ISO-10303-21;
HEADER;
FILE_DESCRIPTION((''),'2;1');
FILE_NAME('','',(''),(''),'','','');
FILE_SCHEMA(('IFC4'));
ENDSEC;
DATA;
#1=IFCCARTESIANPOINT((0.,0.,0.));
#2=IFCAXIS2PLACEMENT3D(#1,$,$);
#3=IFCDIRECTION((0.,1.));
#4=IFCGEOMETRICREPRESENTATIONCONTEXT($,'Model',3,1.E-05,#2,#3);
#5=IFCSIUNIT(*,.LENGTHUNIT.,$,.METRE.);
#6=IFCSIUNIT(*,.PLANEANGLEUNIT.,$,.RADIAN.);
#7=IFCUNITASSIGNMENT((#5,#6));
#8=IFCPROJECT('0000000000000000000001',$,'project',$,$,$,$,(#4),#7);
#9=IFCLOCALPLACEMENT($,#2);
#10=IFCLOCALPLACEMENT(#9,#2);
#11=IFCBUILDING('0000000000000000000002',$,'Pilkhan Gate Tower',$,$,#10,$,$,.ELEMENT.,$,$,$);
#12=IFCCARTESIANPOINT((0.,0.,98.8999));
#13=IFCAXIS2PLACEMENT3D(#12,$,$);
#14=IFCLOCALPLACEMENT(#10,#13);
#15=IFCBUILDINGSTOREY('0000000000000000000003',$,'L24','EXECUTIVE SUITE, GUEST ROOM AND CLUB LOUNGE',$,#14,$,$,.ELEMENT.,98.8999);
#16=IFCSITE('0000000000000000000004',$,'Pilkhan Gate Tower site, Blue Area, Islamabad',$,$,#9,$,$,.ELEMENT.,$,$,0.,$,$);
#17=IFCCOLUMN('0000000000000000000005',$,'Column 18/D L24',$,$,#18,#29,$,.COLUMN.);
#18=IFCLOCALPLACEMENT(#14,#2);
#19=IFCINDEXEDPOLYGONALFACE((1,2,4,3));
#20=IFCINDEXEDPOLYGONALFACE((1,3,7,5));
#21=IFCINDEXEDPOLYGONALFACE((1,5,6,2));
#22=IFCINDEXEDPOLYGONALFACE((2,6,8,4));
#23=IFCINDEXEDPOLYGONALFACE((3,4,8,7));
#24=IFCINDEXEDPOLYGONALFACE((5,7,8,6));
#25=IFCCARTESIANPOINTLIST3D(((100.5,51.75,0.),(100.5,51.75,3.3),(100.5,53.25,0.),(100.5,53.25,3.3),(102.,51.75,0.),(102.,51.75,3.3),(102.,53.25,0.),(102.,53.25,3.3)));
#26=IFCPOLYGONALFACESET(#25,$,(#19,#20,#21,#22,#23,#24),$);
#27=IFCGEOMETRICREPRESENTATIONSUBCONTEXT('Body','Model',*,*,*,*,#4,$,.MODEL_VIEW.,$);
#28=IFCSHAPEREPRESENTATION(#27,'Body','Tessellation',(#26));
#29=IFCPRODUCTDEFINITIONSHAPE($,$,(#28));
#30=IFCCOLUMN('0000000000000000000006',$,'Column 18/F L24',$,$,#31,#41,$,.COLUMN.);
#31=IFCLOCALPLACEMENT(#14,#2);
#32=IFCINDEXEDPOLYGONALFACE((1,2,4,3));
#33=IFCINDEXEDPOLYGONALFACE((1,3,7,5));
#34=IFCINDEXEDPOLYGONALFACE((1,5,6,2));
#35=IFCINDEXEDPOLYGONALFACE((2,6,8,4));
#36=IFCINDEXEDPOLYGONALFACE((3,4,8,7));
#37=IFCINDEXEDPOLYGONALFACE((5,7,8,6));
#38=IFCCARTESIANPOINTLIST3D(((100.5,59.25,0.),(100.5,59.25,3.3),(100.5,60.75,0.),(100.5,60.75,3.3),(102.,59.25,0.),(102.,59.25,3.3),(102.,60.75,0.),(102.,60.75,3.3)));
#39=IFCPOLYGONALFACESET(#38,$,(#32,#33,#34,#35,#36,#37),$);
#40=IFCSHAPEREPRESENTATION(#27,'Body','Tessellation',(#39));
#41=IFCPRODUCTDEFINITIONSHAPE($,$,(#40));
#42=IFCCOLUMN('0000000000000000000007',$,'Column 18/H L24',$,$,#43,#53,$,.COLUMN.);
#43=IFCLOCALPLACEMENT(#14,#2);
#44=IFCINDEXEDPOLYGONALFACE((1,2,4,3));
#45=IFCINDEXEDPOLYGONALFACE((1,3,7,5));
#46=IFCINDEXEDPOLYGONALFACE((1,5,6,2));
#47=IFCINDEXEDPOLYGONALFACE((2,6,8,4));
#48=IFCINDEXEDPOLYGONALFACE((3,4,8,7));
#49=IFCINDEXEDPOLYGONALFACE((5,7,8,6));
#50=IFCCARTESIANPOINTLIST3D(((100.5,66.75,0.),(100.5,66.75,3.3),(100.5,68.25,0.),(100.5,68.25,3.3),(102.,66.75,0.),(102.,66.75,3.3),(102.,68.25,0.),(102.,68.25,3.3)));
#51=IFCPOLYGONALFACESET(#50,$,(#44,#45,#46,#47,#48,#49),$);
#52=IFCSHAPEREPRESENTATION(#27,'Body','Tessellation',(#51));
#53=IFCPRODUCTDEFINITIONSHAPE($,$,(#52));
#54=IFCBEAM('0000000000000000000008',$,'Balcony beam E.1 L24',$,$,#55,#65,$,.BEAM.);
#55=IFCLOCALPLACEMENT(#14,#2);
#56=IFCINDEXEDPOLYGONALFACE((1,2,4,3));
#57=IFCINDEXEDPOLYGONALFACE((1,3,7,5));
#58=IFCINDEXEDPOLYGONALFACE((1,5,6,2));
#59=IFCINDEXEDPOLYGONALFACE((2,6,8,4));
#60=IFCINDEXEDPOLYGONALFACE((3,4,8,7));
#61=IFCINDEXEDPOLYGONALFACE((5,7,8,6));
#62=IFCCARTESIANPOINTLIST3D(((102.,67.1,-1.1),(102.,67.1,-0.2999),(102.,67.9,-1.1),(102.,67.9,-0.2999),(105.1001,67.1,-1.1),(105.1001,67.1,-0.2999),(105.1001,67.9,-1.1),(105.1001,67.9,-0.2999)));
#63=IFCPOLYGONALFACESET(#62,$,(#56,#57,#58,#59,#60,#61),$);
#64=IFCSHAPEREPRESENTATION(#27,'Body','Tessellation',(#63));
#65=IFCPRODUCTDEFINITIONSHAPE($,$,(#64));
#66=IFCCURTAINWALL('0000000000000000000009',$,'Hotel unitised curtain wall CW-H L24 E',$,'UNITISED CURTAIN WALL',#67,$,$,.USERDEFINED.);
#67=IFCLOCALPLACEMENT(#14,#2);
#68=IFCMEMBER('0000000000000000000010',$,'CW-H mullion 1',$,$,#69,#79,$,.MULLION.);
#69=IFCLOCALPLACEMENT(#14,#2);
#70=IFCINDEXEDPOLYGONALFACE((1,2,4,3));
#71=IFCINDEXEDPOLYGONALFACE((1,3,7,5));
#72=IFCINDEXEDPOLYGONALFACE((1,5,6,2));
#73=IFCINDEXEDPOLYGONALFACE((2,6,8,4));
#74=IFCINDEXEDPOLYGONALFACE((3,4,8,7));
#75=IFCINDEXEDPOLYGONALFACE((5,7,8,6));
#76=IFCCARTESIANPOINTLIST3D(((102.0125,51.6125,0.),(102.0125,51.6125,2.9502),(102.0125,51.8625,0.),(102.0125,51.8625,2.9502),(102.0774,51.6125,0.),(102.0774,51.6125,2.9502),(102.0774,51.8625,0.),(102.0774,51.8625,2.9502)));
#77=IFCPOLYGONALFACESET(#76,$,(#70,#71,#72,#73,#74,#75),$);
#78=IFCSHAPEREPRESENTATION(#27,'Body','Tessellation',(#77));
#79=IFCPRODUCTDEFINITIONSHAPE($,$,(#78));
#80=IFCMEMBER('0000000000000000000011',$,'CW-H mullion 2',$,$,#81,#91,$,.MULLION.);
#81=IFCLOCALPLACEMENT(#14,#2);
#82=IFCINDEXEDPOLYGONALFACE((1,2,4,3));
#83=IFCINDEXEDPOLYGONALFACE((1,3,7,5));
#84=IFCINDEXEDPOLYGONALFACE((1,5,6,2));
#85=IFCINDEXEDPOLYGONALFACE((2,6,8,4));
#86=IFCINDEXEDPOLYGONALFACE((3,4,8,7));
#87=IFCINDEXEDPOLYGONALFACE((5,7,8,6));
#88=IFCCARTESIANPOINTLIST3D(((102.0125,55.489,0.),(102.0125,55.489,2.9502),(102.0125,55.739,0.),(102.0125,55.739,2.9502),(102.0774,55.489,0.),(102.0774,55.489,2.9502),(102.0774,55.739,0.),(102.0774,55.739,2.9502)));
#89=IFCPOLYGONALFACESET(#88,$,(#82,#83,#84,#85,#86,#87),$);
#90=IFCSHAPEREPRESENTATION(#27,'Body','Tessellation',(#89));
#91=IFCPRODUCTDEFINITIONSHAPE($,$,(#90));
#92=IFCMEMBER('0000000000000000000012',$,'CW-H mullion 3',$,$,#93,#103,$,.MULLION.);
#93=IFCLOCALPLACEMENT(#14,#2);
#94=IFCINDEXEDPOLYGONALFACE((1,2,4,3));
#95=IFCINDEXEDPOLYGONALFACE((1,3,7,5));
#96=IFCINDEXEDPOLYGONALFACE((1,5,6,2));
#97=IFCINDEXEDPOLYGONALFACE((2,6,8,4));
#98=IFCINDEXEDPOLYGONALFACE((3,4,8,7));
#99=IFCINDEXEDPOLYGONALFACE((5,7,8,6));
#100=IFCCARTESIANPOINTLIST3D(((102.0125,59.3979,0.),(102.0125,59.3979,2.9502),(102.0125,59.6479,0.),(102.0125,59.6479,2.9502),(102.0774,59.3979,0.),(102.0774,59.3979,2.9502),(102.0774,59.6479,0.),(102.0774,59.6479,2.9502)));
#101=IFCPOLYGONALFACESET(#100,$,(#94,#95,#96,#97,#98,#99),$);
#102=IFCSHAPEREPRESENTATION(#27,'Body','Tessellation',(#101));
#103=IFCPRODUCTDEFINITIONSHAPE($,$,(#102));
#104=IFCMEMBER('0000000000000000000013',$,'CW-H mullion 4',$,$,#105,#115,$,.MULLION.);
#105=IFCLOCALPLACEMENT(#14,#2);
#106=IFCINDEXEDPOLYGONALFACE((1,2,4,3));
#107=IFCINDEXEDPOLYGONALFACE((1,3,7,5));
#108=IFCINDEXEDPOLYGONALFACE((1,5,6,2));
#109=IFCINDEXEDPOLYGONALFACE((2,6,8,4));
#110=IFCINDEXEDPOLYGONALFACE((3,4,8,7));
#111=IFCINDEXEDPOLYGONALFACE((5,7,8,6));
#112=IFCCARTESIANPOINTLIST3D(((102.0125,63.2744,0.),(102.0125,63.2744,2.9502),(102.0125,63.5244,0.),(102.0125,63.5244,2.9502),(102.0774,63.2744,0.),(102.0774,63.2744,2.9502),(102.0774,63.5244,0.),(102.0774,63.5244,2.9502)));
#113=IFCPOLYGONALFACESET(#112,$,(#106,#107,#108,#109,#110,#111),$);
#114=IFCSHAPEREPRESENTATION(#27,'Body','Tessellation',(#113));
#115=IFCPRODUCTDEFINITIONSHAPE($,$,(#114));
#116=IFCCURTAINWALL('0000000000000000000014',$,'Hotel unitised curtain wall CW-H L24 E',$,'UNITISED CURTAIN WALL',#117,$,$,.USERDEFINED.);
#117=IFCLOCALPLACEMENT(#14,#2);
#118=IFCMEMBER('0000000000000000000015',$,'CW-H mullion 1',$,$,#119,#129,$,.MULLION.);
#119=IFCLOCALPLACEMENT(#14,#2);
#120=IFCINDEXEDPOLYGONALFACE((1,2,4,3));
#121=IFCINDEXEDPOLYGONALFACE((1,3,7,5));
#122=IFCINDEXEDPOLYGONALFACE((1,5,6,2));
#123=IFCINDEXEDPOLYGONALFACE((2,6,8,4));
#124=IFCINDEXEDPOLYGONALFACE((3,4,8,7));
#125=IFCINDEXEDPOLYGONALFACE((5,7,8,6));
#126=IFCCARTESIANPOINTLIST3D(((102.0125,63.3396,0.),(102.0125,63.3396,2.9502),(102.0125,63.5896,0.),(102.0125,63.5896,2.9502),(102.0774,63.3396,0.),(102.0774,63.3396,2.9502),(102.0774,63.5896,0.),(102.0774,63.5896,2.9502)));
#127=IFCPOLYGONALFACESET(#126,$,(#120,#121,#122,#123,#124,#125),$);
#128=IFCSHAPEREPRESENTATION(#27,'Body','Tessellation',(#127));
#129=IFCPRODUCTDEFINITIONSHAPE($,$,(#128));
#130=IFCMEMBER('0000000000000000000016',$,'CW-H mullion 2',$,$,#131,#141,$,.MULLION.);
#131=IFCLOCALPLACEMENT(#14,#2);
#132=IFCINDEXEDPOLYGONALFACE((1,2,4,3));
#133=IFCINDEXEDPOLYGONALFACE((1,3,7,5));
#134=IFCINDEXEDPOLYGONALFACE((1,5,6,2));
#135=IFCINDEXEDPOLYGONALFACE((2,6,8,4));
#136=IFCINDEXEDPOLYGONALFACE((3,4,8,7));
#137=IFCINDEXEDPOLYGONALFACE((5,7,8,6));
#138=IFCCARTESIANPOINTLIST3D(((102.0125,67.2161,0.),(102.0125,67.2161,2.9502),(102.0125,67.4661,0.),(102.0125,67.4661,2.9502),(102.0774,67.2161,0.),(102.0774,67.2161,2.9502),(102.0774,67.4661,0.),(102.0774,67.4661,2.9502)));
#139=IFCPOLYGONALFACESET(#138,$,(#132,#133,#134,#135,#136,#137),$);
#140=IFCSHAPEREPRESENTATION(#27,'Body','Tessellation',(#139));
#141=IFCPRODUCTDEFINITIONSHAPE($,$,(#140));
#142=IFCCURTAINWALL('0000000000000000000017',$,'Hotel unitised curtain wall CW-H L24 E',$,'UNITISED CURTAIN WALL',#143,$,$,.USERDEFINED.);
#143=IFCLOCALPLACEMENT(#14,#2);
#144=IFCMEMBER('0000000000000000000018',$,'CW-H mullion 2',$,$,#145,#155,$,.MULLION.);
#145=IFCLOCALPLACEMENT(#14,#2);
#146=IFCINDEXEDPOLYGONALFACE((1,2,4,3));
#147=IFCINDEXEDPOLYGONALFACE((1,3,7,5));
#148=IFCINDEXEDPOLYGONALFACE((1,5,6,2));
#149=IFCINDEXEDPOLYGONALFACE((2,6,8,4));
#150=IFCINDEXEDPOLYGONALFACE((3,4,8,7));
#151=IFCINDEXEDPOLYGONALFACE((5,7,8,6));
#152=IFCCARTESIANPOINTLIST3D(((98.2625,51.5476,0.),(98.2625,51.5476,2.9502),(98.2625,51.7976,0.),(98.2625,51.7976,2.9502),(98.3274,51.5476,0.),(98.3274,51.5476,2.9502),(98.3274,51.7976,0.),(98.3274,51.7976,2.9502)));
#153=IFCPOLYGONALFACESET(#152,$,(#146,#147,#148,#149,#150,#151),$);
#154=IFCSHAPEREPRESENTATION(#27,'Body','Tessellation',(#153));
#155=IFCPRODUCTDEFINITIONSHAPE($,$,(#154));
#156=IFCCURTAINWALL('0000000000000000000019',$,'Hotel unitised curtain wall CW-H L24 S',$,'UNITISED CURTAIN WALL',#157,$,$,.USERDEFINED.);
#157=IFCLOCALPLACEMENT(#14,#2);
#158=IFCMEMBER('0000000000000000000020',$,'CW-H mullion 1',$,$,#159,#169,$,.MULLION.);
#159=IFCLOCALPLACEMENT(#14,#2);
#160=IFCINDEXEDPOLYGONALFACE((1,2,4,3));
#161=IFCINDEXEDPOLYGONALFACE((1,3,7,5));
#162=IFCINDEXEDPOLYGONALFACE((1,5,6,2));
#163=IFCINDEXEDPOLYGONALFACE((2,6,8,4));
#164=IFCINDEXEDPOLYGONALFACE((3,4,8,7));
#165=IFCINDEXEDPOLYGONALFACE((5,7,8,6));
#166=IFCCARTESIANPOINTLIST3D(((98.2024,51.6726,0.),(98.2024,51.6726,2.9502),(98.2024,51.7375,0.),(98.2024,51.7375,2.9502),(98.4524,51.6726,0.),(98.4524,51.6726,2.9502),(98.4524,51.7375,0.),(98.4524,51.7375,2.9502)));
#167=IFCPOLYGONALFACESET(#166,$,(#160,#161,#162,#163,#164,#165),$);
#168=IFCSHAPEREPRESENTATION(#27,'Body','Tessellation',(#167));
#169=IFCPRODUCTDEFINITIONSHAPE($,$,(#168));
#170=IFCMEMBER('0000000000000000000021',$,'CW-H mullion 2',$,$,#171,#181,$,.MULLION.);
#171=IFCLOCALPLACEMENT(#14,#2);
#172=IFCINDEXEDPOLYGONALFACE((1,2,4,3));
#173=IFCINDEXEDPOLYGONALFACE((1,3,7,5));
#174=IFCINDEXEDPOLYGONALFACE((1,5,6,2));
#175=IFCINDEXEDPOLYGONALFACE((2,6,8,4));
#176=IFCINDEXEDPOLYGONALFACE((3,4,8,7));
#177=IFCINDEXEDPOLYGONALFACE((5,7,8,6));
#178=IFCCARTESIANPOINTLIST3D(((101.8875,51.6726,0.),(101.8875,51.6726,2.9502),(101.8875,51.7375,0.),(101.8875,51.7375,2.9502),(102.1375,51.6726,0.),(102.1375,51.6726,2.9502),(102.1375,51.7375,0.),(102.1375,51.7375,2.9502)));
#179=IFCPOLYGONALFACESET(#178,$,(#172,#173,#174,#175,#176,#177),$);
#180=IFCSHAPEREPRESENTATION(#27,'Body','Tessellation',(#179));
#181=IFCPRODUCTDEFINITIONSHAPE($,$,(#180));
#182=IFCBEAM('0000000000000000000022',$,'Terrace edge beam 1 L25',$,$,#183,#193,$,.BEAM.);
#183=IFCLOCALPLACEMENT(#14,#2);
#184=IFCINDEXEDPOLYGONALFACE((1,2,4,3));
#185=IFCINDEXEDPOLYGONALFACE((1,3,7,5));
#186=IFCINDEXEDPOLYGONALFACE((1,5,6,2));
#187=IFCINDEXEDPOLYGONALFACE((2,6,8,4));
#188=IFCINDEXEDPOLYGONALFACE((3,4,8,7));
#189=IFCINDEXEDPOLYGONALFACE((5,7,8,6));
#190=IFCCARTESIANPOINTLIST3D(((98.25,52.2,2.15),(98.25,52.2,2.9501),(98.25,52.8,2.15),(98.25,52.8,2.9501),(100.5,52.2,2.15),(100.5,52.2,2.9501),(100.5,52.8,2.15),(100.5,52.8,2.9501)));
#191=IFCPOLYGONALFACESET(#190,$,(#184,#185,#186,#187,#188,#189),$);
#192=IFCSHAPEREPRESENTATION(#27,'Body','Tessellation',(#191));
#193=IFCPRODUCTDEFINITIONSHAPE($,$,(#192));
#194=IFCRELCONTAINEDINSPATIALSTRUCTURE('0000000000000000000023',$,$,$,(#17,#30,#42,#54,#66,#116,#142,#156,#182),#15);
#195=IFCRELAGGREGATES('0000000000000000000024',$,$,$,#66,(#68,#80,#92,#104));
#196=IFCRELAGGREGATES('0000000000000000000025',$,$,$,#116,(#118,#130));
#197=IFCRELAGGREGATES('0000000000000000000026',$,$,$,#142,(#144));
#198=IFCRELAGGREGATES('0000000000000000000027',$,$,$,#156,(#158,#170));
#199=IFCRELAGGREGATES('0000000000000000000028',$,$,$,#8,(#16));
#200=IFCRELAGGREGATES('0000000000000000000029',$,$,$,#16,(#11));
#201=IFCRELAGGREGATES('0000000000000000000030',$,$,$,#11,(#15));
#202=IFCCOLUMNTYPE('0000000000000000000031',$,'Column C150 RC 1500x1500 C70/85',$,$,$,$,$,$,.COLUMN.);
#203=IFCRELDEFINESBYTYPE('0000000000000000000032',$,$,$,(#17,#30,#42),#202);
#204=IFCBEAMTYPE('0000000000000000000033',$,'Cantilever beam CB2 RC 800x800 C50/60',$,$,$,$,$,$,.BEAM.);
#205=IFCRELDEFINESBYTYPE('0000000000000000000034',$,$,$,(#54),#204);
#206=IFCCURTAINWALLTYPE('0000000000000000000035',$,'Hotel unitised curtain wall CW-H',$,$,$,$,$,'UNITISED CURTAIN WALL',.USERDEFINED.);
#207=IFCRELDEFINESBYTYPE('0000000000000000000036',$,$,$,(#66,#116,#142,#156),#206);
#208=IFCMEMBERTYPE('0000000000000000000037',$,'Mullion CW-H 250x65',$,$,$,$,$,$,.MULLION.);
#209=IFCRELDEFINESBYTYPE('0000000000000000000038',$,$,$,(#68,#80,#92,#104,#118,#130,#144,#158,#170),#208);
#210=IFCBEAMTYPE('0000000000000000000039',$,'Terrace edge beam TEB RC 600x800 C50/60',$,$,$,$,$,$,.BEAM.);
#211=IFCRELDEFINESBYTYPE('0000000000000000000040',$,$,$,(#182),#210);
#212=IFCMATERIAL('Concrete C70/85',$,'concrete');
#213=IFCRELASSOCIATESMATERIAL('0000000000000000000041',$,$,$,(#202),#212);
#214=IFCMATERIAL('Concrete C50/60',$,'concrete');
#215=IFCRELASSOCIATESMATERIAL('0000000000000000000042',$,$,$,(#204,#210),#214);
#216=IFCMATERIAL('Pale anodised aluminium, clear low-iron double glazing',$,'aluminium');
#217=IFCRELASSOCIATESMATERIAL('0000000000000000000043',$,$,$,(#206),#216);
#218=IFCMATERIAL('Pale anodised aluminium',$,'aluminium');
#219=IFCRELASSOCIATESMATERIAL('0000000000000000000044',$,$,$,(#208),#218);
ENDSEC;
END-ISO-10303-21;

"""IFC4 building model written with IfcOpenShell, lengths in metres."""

from ifc_helpers import new_model, si_unit, direction, frame, origin, origin_2d, place, context, subcontext, project, spatial, rectangle, extrude, material, material_profile, profile_set, type_object, element, aggregate, save


model = new_model("IFC4")

# Units and contexts
model_context = context("Model", 3, precision=1e-05, world=origin(), true_north=direction((0.0, 1.0)))
body_context = subcontext(model_context, "Body", "Model", "MODEL_VIEW")
ifc_project = project(units=[si_unit("LENGTHUNIT", "METRE"), si_unit("PLANEANGLEUNIT", "RADIAN")], contexts=[model_context])

# Site, building, storey
site_placement = place(None, origin())
site = spatial("IfcSite", under=ifc_project, at=site_placement, Name="Pilkhan Gate Tower site, Blue Area, Islamabad", CompositionType="ELEMENT", RefElevation=0.0)
building_placement = place(site_placement, origin())
building = spatial("IfcBuilding", under=site, at=building_placement, Name="Pilkhan Gate Tower", CompositionType="ELEMENT")
storey_placement = place(building_placement, frame((0.0, 0.0, 98.8999)))
storey = spatial("IfcBuildingStorey", under=building, at=storey_placement, Name="L24", Description="EXECUTIVE SUITE, GUEST ROOM AND CLUB LOUNGE", CompositionType="ELEMENT", Elevation=98.8999)

# Columns
ifc_material_1 = material(Name="Concrete C70/85", Category="concrete")
ifc_material_profile_1 = material_profile(ifc_material_1, rectangle(XDim=1.5, YDim=1.5, at=origin_2d()), Name="RC 1500x1500")
ifc_profile_set_1 = profile_set([ifc_material_profile_1], Name="Concrete C70/85")
column_type = type_object("IfcColumnType", Name="Column C150 RC 1500x1500 C70/85", PredefinedType="COLUMN", material=ifc_profile_set_1)
for number, where, z_axis, x_axis, name in (
    (1, (101.25, 52.5, 0.0), (0.0, 0.0, 1.0), (1.0, 0.0, 0.0), "Column 18/D L24"),
    (2, (101.25, 60.0, 0.0), (0.0, 0.0, 1.0), (1.0, 0.0, 0.0), "Column 18/F L24"),
    (3, (101.25, 67.5, 0.0), (0.0, 0.0, 1.0), (1.0, 0.0, 0.0), "Column 18/H L24"),
):
    element("IfcColumn", number, at=place(storey_placement, frame(where, z_axis=z_axis, x_axis=x_axis)), inside=storey, type_object=column_type, Name=name, PredefinedType="COLUMN", context=body_context, shape_type="SweptSolid", body=[
        extrude(rectangle(XDim=1.5, YDim=1.5, at=origin_2d()), origin(), (0.0, 0.0, 1.0), 3.3),
    ])

# Beam
ifc_material_2 = material(Name="Concrete C50/60", Category="concrete")
ifc_material_profile_2 = material_profile(ifc_material_2, rectangle(XDim=0.8, YDim=0.8, at=origin_2d()), Name="RC 800x800")
ifc_profile_set_2 = profile_set([ifc_material_profile_2], Name="Concrete C50/60")
beam_type_1 = type_object("IfcBeamType", Name="Cantilever beam CB2 RC 800x800 C50/60", PredefinedType="BEAM", material=ifc_profile_set_2)
beam_1_placement = place(storey_placement, frame((102.0, 67.5, -0.7), z_axis=(1.0, 0.0, 0.0), x_axis=(0.0, 1.0, 0.0)))
element("IfcBeam", 4, at=beam_1_placement, inside=storey, type_object=beam_type_1, Name="Balcony beam E.1 L24", PredefinedType="BEAM", context=body_context, shape_type="SweptSolid", body=[
    extrude(rectangle(XDim=0.8, YDim=0.8, at=origin_2d()), origin(), (0.0, 0.0, 1.0), 3.1001),
])

# Curtain walls, members
ifc_material_3 = material(Name="Pale anodised aluminium, clear low-iron double glazing", Category="aluminium")
curtain_wall_type = type_object("IfcCurtainWallType", Name="Hotel unitised curtain wall CW-H", ElementType="UNITISED CURTAIN WALL", PredefinedType="USERDEFINED", material=ifc_material_3)
curtain_wall_1_placement = place(storey_placement, origin())
curtain_wall_1 = element("IfcCurtainWall", 5, at=curtain_wall_1_placement, inside=storey, type_object=curtain_wall_type, Name="Hotel unitised curtain wall CW-H L24 E", ObjectType="UNITISED CURTAIN WALL", PredefinedType="USERDEFINED")
ifc_material_4 = material(Name="Pale anodised aluminium", Category="aluminium")
ifc_material_profile_3 = material_profile(ifc_material_4, rectangle(XDim=0.0649, YDim=0.25, at=origin_2d()), Name="Mullion 250x65")
ifc_profile_set_3 = profile_set([ifc_material_profile_3], Name="Pale anodised aluminium")
member_type_1 = type_object("IfcMemberType", Name="Mullion CW-H 250x65", PredefinedType="MULLION", material=ifc_profile_set_3)
member_1_placement = place(storey_placement, frame((102.0449, 51.7375, 0.0), z_axis=(0.0, 0.0, 1.0), x_axis=(-1.0, 0.0, 0.0)))
member_1 = element("IfcMember", 6, at=member_1_placement, type_object=member_type_1, Name="CW-H mullion 1", PredefinedType="MULLION", context=body_context, shape_type="SweptSolid", body=[
    extrude(rectangle(XDim=0.0649, YDim=0.25, at=origin_2d()), origin(), (0.0, 0.0, 1.0), 2.9502),
])
member_2_placement = place(storey_placement, frame((102.0449, 55.614, 0.0), z_axis=(0.0, 0.0, 1.0), x_axis=(-1.0, 0.0, 0.0)))
member_2 = element("IfcMember", 7, at=member_2_placement, type_object=member_type_1, Name="CW-H mullion 2", PredefinedType="MULLION", context=body_context, shape_type="SweptSolid", body=[
    extrude(rectangle(XDim=0.0649, YDim=0.25, at=origin_2d()), origin(), (0.0, 0.0, 1.0), 2.9502),
])
member_3_placement = place(storey_placement, frame((102.0449, 59.5229, 0.0), z_axis=(0.0, 0.0, 1.0), x_axis=(-1.0, 0.0, 0.0)))
member_3 = element("IfcMember", 8, at=member_3_placement, type_object=member_type_1, Name="CW-H mullion 3", PredefinedType="MULLION", context=body_context, shape_type="SweptSolid", body=[
    extrude(rectangle(XDim=0.0649, YDim=0.25, at=origin_2d()), origin(), (0.0, 0.0, 1.0), 2.9502),
])
member_4_placement = place(storey_placement, frame((102.0449, 63.3994, 0.0), z_axis=(0.0, 0.0, 1.0), x_axis=(-1.0, 0.0, 0.0)))
member_4 = element("IfcMember", 9, at=member_4_placement, type_object=member_type_1, Name="CW-H mullion 4", PredefinedType="MULLION", context=body_context, shape_type="SweptSolid", body=[
    extrude(rectangle(XDim=0.0649, YDim=0.25, at=origin_2d()), origin(), (0.0, 0.0, 1.0), 2.9502),
])
curtain_wall_2_placement = place(storey_placement, origin())
curtain_wall_2 = element("IfcCurtainWall", 10, at=curtain_wall_2_placement, inside=storey, type_object=curtain_wall_type, Name="Hotel unitised curtain wall CW-H L24 E", ObjectType="UNITISED CURTAIN WALL", PredefinedType="USERDEFINED")
member_5_placement = place(storey_placement, frame((102.0449, 63.4646, 0.0), z_axis=(0.0, 0.0, 1.0), x_axis=(-1.0, 0.0, 0.0)))
member_5 = element("IfcMember", 11, at=member_5_placement, type_object=member_type_1, Name="CW-H mullion 1", PredefinedType="MULLION", context=body_context, shape_type="SweptSolid", body=[
    extrude(rectangle(XDim=0.0649, YDim=0.25, at=origin_2d()), origin(), (0.0, 0.0, 1.0), 2.9502),
])
member_6_placement = place(storey_placement, frame((102.0449, 67.3411, 0.0), z_axis=(0.0, 0.0, 1.0), x_axis=(-1.0, 0.0, 0.0)))
member_6 = element("IfcMember", 12, at=member_6_placement, type_object=member_type_1, Name="CW-H mullion 2", PredefinedType="MULLION", context=body_context, shape_type="SweptSolid", body=[
    extrude(rectangle(XDim=0.0649, YDim=0.25, at=origin_2d()), origin(), (0.0, 0.0, 1.0), 2.9502),
])

# Curtain wall, member
curtain_wall_3_placement = place(storey_placement, origin())
curtain_wall_3 = element("IfcCurtainWall", 13, at=curtain_wall_3_placement, inside=storey, type_object=curtain_wall_type, Name="Hotel unitised curtain wall CW-H L24 E", ObjectType="UNITISED CURTAIN WALL", PredefinedType="USERDEFINED")
member_7_placement = place(storey_placement, frame((98.2949, 51.6726, 0.0), z_axis=(0.0, 0.0, 1.0), x_axis=(-1.0, 0.0, 0.0)))
member_7 = element("IfcMember", 14, at=member_7_placement, type_object=member_type_1, Name="CW-H mullion 2", PredefinedType="MULLION", context=body_context, shape_type="SweptSolid", body=[
    extrude(rectangle(XDim=0.0649, YDim=0.25, at=origin_2d()), origin(), (0.0, 0.0, 1.0), 2.9502),
])

# Curtain wall, members
curtain_wall_4_placement = place(storey_placement, origin())
curtain_wall_4 = element("IfcCurtainWall", 15, at=curtain_wall_4_placement, inside=storey, type_object=curtain_wall_type, Name="Hotel unitised curtain wall CW-H L24 S", ObjectType="UNITISED CURTAIN WALL", PredefinedType="USERDEFINED")
member_8_placement = place(storey_placement, frame((98.3274, 51.7051, 0.0), z_axis=(0.0, 0.0, 1.0), x_axis=(0.0, 1.0, 0.0)))
member_8 = element("IfcMember", 16, at=member_8_placement, type_object=member_type_1, Name="CW-H mullion 1", PredefinedType="MULLION", context=body_context, shape_type="SweptSolid", body=[
    extrude(rectangle(XDim=0.0649, YDim=0.25, at=origin_2d()), origin(), (0.0, 0.0, 1.0), 2.9502),
])
member_9_placement = place(storey_placement, frame((102.0125, 51.7051, 0.0), z_axis=(0.0, 0.0, 1.0), x_axis=(0.0, 1.0, 0.0)))
member_9 = element("IfcMember", 17, at=member_9_placement, type_object=member_type_1, Name="CW-H mullion 2", PredefinedType="MULLION", context=body_context, shape_type="SweptSolid", body=[
    extrude(rectangle(XDim=0.0649, YDim=0.25, at=origin_2d()), origin(), (0.0, 0.0, 1.0), 2.9502),
])

# Beam
ifc_material_profile_4 = material_profile(ifc_material_2, rectangle(XDim=0.6001, YDim=0.8, at=origin_2d()), Name="RC 600x800")
ifc_profile_set_4 = profile_set([ifc_material_profile_4], Name="Concrete C50/60")
beam_type_2 = type_object("IfcBeamType", Name="Terrace edge beam TEB RC 600x800 C50/60", PredefinedType="BEAM", material=ifc_profile_set_4)
beam_2_placement = place(storey_placement, frame((100.5, 52.5, 2.55), z_axis=(-1.0, 0.0, 0.0), x_axis=(0.0, -1.0, 0.0)))
element("IfcBeam", 18, at=beam_2_placement, inside=storey, type_object=beam_type_2, Name="Terrace edge beam 1 L25", PredefinedType="BEAM", context=body_context, shape_type="SweptSolid", body=[
    extrude(rectangle(XDim=0.6001, YDim=0.8, at=origin_2d()), origin(), (0.0, 0.0, 1.0), 2.25),
])

aggregate(curtain_wall_1, [member_1, member_2, member_3, member_4])
aggregate(curtain_wall_2, [member_5, member_6])
aggregate(curtain_wall_3, [member_7])
aggregate(curtain_wall_4, [member_8, member_9])

save(model, "model.ifc")
